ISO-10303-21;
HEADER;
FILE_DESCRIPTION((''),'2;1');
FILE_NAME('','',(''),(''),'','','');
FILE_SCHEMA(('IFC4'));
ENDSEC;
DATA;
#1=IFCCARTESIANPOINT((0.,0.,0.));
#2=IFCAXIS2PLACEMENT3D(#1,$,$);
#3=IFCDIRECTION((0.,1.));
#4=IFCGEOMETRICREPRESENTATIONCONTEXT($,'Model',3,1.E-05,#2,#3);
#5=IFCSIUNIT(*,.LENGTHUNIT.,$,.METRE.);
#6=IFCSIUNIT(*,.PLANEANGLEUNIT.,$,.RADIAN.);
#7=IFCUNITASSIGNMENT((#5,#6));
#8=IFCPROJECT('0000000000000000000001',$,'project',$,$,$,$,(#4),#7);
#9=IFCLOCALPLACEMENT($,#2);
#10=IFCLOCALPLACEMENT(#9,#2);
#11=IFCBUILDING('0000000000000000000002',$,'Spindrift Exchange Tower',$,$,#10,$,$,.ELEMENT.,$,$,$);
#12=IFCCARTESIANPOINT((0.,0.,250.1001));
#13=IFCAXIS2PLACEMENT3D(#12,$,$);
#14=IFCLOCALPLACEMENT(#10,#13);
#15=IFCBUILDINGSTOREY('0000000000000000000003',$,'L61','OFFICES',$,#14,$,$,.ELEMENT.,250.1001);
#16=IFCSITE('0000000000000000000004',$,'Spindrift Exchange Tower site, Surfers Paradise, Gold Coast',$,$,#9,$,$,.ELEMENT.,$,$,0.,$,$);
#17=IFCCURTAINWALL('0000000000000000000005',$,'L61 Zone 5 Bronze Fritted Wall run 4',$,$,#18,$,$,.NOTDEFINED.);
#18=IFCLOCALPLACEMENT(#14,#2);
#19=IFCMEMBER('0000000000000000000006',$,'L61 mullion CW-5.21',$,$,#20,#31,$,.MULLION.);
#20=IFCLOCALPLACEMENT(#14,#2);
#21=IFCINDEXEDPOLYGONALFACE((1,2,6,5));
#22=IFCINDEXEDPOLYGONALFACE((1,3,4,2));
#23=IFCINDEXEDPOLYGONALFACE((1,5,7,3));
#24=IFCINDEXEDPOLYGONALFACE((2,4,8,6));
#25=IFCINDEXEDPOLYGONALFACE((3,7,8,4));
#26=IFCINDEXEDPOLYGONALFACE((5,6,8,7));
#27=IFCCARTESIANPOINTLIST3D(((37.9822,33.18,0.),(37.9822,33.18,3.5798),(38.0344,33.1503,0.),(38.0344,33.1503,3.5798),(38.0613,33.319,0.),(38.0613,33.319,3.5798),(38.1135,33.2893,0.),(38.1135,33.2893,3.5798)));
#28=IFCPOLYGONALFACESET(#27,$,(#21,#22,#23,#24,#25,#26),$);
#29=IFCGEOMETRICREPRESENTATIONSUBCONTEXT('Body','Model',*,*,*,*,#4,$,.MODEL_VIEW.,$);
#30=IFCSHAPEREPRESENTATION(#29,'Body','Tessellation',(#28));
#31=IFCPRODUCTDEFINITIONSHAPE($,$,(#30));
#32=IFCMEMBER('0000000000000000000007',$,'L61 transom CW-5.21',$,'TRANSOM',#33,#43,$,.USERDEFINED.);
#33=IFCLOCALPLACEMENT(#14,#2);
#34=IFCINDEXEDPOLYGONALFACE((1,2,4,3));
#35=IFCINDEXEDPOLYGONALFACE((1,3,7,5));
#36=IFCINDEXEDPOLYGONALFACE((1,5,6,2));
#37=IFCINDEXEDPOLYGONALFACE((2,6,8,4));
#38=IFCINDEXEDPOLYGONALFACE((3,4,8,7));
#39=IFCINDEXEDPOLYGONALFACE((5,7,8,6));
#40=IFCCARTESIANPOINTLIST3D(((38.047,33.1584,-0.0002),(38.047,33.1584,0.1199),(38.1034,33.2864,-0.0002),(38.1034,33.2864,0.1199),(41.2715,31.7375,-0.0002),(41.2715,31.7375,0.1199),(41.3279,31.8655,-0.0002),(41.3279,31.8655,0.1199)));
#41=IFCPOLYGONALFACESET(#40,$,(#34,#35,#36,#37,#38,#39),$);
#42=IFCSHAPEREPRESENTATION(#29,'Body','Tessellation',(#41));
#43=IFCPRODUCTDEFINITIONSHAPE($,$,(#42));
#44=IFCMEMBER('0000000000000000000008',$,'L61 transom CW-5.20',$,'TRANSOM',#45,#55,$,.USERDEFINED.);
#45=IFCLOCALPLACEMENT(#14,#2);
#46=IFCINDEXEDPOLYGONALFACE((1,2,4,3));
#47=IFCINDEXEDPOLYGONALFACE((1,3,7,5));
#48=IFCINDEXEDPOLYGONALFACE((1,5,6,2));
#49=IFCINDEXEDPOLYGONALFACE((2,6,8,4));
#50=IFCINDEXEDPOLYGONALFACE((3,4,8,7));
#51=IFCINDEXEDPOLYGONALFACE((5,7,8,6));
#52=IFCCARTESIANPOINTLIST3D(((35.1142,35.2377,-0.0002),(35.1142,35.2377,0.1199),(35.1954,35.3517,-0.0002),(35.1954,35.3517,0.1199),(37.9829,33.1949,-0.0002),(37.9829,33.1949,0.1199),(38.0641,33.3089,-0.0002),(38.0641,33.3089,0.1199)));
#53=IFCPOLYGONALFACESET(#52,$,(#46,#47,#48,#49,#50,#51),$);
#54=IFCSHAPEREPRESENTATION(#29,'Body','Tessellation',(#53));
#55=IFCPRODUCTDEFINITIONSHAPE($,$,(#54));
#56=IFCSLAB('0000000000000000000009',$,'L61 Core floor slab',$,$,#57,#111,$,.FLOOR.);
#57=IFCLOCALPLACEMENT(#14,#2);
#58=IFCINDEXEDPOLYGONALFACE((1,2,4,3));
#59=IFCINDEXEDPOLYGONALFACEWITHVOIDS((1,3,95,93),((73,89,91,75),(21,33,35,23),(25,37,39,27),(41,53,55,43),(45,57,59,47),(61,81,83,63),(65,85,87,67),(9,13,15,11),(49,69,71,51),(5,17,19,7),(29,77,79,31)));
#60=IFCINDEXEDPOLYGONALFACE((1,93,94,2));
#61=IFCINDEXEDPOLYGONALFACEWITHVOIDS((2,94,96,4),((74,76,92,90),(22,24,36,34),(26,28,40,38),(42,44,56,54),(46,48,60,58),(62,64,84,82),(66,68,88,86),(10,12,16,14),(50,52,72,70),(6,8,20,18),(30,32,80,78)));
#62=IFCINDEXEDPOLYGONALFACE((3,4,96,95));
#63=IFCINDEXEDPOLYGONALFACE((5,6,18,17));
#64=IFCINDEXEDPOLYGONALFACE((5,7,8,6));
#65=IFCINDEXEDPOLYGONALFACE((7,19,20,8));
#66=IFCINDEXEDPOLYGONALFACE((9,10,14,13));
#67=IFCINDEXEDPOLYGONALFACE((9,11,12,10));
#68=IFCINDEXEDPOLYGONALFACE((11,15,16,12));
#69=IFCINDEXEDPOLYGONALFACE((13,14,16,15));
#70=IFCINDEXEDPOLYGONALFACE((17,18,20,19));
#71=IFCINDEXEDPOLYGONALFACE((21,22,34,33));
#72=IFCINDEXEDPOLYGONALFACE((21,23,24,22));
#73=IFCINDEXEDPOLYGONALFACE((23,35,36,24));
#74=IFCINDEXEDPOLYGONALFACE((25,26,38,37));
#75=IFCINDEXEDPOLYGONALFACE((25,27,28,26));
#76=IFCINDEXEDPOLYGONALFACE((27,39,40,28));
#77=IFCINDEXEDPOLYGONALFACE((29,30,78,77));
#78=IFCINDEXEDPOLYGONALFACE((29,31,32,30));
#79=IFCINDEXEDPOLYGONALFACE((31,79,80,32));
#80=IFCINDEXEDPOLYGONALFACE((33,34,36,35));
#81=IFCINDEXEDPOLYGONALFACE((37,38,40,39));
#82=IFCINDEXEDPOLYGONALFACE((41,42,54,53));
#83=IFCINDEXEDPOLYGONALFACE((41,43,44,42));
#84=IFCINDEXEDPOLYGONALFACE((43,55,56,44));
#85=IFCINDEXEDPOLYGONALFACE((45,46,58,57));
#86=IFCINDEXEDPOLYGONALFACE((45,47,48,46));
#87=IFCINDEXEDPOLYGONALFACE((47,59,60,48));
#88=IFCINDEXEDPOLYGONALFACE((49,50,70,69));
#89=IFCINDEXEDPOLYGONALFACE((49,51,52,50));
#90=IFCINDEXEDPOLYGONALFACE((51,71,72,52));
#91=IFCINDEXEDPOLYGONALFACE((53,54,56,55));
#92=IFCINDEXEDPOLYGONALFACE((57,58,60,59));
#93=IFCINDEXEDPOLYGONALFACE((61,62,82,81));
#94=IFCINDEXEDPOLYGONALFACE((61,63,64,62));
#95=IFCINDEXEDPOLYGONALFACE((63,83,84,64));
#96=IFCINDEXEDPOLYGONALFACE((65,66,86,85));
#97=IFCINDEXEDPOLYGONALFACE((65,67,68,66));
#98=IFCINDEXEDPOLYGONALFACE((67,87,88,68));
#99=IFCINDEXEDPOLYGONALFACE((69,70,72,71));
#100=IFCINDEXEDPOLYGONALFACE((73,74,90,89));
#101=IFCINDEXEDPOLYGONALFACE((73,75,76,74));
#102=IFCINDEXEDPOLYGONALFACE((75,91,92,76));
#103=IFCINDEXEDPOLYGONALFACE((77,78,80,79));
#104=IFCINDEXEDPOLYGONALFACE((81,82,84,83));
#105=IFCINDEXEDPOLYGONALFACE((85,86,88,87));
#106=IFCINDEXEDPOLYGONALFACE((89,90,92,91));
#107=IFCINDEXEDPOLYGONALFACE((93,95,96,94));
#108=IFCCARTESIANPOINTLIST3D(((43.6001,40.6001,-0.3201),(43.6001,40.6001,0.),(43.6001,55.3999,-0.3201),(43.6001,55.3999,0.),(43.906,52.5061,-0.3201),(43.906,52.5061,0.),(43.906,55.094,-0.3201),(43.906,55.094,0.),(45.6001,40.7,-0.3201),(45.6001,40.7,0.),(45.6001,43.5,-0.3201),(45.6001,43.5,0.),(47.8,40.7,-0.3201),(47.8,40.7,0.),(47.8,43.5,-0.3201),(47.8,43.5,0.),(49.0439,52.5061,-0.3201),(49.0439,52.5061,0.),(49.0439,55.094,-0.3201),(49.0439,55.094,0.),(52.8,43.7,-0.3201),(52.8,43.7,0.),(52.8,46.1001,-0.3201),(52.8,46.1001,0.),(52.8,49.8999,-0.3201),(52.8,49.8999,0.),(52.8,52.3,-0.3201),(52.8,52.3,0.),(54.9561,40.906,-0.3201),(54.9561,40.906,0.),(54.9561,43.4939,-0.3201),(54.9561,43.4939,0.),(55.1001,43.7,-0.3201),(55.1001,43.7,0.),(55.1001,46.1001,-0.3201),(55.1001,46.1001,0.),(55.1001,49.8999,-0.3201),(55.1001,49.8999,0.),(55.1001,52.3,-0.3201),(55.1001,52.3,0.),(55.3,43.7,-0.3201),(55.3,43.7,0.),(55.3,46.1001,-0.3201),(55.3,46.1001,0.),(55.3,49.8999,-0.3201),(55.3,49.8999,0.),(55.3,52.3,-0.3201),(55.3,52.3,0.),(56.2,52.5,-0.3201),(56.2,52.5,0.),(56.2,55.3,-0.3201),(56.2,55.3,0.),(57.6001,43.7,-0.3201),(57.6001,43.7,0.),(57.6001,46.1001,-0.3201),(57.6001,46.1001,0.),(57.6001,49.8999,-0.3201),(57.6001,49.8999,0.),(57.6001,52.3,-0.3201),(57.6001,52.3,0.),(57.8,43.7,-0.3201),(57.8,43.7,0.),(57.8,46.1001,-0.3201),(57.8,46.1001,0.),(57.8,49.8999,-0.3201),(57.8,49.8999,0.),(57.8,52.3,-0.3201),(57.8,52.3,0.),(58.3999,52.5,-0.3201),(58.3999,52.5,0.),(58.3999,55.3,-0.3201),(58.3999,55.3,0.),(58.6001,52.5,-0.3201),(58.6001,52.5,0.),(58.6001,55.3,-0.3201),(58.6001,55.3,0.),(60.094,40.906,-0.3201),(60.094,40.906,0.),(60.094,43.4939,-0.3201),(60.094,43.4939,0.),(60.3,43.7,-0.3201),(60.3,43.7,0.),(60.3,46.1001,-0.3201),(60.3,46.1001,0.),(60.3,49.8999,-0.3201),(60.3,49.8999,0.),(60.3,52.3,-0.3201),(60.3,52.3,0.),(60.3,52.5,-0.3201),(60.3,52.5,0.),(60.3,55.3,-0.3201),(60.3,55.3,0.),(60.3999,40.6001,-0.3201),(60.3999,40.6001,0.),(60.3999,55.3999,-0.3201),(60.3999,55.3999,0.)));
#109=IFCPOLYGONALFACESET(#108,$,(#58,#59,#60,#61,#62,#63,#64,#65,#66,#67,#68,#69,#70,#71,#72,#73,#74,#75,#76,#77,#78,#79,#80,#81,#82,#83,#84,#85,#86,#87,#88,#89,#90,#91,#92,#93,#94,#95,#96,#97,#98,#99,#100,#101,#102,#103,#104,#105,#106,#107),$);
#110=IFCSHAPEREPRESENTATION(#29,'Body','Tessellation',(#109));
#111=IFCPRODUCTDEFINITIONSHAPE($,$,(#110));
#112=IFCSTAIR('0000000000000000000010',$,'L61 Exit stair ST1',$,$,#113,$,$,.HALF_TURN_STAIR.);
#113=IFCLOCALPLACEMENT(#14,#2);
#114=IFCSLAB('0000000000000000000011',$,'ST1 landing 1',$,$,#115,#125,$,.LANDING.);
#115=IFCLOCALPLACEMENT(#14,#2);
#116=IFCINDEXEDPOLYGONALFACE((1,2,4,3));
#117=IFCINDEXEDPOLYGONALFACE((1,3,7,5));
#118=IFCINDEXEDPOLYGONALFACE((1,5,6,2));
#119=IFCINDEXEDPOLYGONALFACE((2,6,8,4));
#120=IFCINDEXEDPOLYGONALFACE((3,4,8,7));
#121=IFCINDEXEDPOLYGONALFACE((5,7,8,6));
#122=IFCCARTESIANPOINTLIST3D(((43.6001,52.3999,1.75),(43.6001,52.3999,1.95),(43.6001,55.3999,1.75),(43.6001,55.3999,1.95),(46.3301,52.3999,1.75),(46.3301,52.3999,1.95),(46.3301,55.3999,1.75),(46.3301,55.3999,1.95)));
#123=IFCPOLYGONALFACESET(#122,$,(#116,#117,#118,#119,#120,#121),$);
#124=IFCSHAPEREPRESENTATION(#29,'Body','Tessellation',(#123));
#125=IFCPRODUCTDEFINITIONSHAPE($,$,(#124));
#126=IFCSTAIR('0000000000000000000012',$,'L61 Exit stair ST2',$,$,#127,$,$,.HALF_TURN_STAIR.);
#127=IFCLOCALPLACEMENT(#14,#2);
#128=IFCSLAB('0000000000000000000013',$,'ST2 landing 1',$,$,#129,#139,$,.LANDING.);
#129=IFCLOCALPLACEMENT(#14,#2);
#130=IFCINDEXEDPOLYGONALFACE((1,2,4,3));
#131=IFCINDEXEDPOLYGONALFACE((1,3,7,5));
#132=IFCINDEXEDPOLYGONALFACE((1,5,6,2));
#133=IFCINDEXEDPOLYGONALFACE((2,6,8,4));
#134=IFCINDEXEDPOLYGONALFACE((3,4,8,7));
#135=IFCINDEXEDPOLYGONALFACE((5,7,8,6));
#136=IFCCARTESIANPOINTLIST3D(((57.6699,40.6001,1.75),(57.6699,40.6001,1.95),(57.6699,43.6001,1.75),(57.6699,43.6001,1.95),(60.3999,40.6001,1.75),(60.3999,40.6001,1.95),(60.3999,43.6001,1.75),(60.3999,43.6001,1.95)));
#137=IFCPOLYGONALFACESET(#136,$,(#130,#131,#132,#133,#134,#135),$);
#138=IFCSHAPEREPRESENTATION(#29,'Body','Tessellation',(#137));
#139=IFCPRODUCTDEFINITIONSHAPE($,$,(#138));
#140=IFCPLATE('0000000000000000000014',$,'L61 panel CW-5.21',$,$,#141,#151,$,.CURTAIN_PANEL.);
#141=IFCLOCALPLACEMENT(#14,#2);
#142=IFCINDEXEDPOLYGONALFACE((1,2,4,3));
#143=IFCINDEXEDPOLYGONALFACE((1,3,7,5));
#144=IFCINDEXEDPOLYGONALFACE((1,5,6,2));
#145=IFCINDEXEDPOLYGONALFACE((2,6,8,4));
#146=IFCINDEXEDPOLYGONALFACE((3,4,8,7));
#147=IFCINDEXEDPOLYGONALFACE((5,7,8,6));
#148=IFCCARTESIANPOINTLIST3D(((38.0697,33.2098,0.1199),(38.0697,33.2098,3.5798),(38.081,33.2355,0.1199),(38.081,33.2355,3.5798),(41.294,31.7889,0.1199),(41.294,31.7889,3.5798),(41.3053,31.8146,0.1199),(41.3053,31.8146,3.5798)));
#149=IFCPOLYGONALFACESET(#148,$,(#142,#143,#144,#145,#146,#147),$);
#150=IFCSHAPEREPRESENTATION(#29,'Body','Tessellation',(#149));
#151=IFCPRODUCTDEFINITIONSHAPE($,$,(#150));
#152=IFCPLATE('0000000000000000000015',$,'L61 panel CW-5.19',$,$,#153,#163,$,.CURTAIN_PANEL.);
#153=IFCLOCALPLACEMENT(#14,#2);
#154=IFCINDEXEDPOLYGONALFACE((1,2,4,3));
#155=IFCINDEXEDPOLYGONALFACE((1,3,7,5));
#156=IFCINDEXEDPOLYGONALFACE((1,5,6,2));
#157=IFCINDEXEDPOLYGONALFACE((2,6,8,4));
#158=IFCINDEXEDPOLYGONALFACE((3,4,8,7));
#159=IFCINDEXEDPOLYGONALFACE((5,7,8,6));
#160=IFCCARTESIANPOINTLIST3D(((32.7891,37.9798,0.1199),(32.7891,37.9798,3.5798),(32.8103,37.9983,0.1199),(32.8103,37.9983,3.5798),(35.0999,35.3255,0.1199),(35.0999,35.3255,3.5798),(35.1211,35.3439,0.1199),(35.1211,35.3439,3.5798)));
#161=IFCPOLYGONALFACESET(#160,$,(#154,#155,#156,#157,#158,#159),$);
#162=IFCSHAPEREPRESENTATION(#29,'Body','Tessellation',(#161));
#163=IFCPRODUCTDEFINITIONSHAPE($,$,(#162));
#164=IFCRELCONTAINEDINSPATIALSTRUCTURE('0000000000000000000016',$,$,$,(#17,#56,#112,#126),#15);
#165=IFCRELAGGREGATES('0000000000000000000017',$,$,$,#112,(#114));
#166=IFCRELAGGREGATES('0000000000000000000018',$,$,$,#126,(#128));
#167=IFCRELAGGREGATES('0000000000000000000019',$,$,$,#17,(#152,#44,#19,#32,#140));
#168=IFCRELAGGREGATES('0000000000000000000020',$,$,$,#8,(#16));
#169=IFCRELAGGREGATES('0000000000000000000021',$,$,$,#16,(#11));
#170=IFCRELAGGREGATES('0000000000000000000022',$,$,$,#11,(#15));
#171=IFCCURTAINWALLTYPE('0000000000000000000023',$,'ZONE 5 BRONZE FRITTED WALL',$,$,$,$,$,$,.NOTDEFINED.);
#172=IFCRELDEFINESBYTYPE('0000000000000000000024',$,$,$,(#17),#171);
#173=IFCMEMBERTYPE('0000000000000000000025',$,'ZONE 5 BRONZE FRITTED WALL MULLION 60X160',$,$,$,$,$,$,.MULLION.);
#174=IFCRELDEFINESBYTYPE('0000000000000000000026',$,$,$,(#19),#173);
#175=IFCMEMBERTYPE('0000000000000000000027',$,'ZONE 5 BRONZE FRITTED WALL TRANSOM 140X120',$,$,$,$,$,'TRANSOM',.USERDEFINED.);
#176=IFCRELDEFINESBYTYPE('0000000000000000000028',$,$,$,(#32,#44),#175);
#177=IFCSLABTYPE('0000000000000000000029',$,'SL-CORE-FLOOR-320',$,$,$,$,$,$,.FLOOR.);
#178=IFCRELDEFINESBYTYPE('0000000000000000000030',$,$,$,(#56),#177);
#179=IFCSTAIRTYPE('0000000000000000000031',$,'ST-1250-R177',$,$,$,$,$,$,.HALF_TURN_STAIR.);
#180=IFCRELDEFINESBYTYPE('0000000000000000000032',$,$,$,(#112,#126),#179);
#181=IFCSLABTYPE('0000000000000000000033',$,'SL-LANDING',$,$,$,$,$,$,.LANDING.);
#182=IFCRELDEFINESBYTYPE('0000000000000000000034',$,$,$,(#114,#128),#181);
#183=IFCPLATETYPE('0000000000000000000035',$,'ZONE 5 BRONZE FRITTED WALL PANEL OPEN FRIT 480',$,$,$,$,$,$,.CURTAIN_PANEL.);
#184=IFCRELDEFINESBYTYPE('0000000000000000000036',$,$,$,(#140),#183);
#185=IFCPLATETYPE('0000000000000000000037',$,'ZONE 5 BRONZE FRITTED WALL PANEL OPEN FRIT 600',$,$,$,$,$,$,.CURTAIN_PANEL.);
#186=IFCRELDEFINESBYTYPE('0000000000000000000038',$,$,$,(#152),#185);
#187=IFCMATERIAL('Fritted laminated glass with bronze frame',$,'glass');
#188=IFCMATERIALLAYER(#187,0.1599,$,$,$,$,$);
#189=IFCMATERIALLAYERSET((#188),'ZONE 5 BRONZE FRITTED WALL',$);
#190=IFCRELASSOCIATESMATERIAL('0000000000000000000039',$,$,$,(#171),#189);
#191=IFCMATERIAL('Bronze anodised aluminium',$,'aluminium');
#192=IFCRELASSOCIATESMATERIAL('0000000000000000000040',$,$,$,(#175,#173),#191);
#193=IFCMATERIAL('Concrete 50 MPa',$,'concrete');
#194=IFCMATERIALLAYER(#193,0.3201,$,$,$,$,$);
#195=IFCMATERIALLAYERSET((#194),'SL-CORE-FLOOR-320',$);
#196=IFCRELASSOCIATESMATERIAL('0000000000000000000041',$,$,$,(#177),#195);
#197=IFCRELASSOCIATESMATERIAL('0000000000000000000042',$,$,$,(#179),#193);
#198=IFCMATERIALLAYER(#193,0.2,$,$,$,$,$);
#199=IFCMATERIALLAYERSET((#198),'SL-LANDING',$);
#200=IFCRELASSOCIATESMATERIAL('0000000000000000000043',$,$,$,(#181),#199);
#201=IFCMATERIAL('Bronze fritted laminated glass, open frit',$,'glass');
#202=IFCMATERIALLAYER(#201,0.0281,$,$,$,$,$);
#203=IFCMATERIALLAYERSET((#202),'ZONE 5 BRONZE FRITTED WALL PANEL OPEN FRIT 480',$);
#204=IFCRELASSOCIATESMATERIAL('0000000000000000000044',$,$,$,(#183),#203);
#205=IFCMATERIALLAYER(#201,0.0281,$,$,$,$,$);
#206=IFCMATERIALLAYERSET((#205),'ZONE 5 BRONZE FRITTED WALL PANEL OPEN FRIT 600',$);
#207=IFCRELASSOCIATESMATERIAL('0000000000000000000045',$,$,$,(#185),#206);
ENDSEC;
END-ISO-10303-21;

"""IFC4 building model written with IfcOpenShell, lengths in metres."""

from ifc_helpers import new_model, si_unit, direction, frame, origin, origin_2d, place, context, subcontext, project, spatial, line, indexed_curve, rectangle, outline, extrude, source, transform, mapped, material, layer, layer_set, material_profile, profile_set, type_object, element, aggregate, save


model = new_model("IFC4")

# Units and contexts
model_context = context("Model", 3, precision=1e-05, world=origin(), true_north=direction((0.0, 1.0)))
body_context = subcontext(model_context, "Body", "Model", "MODEL_VIEW")
ifc_project = project(units=[si_unit("LENGTHUNIT", "METRE"), si_unit("PLANEANGLEUNIT", "RADIAN")], contexts=[model_context])

# Site, building, storey
site_placement = place(None, origin())
site = spatial("IfcSite", under=ifc_project, at=site_placement, Name="Spindrift Exchange Tower site, Surfers Paradise, Gold Coast", CompositionType="ELEMENT", RefElevation=0.0)
building_placement = place(site_placement, origin())
building = spatial("IfcBuilding", under=site, at=building_placement, Name="Spindrift Exchange Tower", CompositionType="ELEMENT")
storey_placement = place(building_placement, frame((0.0, 0.0, 250.1001)))
storey = spatial("IfcBuildingStorey", under=building, at=storey_placement, Name="L61", Description="OFFICES", CompositionType="ELEMENT", Elevation=250.1001)

# Curtain wall, members
ifc_material_1 = material(Name="Fritted laminated glass with bronze frame", Category="glass")
ifc_layer_1 = layer(ifc_material_1, 0.1599)
ifc_layer_set_1 = layer_set([ifc_layer_1], Name="ZONE 5 BRONZE FRITTED WALL")
curtain_wall_type = type_object("IfcCurtainWallType", Name="ZONE 5 BRONZE FRITTED WALL", PredefinedType="NOTDEFINED", material=ifc_layer_set_1)
curtain_wall_placement = place(storey_placement, origin())
curtain_wall = element("IfcCurtainWall", 1, at=curtain_wall_placement, inside=storey, type_object=curtain_wall_type, Name="L61 Zone 5 Bronze Fritted Wall run 4", PredefinedType="NOTDEFINED")
ifc_material_2 = material(Name="Bronze anodised aluminium", Category="aluminium")
ifc_material_profile_1 = material_profile(ifc_material_2, rectangle(XDim=0.1399, YDim=0.1201, at=origin_2d()), Name="ZONE 5 BRONZE FRITTED WALL TRANSOM 140X120")
ifc_profile_set_1 = profile_set([ifc_material_profile_1], Name="Bronze anodised aluminium")
member_type_1 = type_object("IfcMemberType", Name="ZONE 5 BRONZE FRITTED WALL TRANSOM 140X120", ElementType="TRANSOM", PredefinedType="USERDEFINED", material=ifc_profile_set_1)
ifc_material_profile_2 = material_profile(ifc_material_2, rectangle(XDim=0.0601, YDim=0.1599, at=origin_2d()), Name="ZONE 5 BRONZE FRITTED WALL MULLION 60X160")
ifc_profile_set_2 = profile_set([ifc_material_profile_2], Name="Bronze anodised aluminium")
member_type_2 = type_object("IfcMemberType", Name="ZONE 5 BRONZE FRITTED WALL MULLION 60X160", PredefinedType="MULLION", material=ifc_profile_set_2)
shared_shape_1 = source(origin(), body_context, "Body", "SweptSolid", [
    extrude(rectangle(XDim=0.0601, YDim=0.1599, at=origin_2d()), origin(), (0.0, 0.0, 1.0), 3.5798),
])
member_1_placement = place(storey_placement, frame((38.0479, 33.2346, 0.0), z_axis=(0.0, 0.0, 1.0), x_axis=(0.869341, -0.494213, 0.0)))
member_1 = element("IfcMember", 2, at=member_1_placement, type_object=member_type_2, Name="L61 mullion CW-5.21", PredefinedType="MULLION", context=body_context, shape_type="MappedRepresentation", body=[
    mapped(shared_shape_1, transform((0.0, 0.0, 0.0), scale=1.0)),
])
shared_shape_2 = source(origin(), body_context, "Body", "SweptSolid", [
    extrude(rectangle(XDim=0.1399, YDim=0.1201, at=origin_2d()), origin(), (0.0, 0.0, 1.0), 3.5237),
])
member_2_placement = place(storey_placement, frame((38.0752, 33.2224, 0.0598), z_axis=(0.915087, -0.403256, 0.0), x_axis=(0.403256, 0.915087, 0.0)))
member_2 = element("IfcMember", 3, at=member_2_placement, type_object=member_type_1, Name="L61 transom CW-5.21", ObjectType="TRANSOM", PredefinedType="USERDEFINED", context=body_context, shape_type="MappedRepresentation", body=[
    mapped(shared_shape_2, transform((0.0, 0.0, 0.0), scale=1.0)),
])
shared_shape_3 = source(origin(), body_context, "Body", "SweptSolid", [
    extrude(rectangle(XDim=0.1399, YDim=0.1201, at=origin_2d()), origin(), (0.0, 0.0, 1.0), 3.5217),
])
member_3_placement = place(storey_placement, frame((35.1548, 35.2947, 0.0598), z_axis=(0.81458, -0.580051, 0.0), x_axis=(0.580051, 0.81458, 0.0)))
member_3 = element("IfcMember", 4, at=member_3_placement, type_object=member_type_1, Name="L61 transom CW-5.20", ObjectType="TRANSOM", PredefinedType="USERDEFINED", context=body_context, shape_type="MappedRepresentation", body=[
    mapped(shared_shape_3, transform((0.0, 0.0, 0.0), scale=1.0)),
])

# Slab
ifc_material_3 = material(Name="Concrete 50 MPa", Category="concrete")
ifc_layer_2 = layer(ifc_material_3, 0.3201)
ifc_layer_set_2 = layer_set([ifc_layer_2], Name="SL-CORE-FLOOR-320")
slab_type_1 = type_object("IfcSlabType", Name="SL-CORE-FLOOR-320", PredefinedType="FLOOR", material=ifc_layer_set_2)
slab_1_placement = place(storey_placement, frame((0.0, 0.0, -0.3201)))
element("IfcSlab", 5, at=slab_1_placement, inside=storey, type_object=slab_type_1, Name="L61 Core floor slab", PredefinedType="FLOOR", context=body_context, shape_type="SweptSolid", body=[
    extrude(outline(indexed_curve([(43.6001, 40.6001), (43.6001, 55.3999), (60.3999, 55.3999), (60.3999, 40.6001)], segments=[line(1, 2, 3, 4, 1)], self_intersect=False), holes=[indexed_curve([(45.6001, 43.5), (45.6001, 40.7), (47.8, 40.7), (47.8, 43.5)], segments=[line(1, 2, 3, 4, 1)], self_intersect=False), indexed_curve([(52.8, 46.1001), (52.8, 43.7), (55.1001, 43.7), (55.1001, 46.1001)], segments=[line(1, 2, 3, 4, 1)], self_intersect=False), indexed_curve([(55.3, 46.1001), (55.3, 43.7), (57.6001, 43.7), (57.6001, 46.1001)], segments=[line(1, 2, 3, 4, 1)], self_intersect=False), indexed_curve([(55.1001, 52.3), (52.8, 52.3), (52.8, 49.8999), (55.1001, 49.8999)], segments=[line(1, 2, 3, 4, 1)], self_intersect=False), indexed_curve([(57.6001, 52.3), (55.3, 52.3), (55.3, 49.8999), (57.6001, 49.8999)], segments=[line(1, 2, 3, 4, 1)], self_intersect=False), indexed_curve([(43.906, 52.5061), (49.0439, 52.5061), (49.0439, 55.094), (43.906, 55.094)], segments=[line(1, 2, 3, 4, 1)], self_intersect=False), indexed_curve([(60.094, 40.906), (60.094, 43.4939), (54.9561, 43.4939), (54.9561, 40.906)], segments=[line(1, 2, 3, 4, 1)], self_intersect=False), indexed_curve([(60.3, 46.1001), (57.8, 46.1001), (57.8, 43.7), (60.3, 43.7)], segments=[line(1, 2, 3, 4, 1)], self_intersect=False), indexed_curve([(57.8, 52.3), (57.8, 49.8999), (60.3, 49.8999), (60.3, 52.3)], segments=[line(1, 2, 3, 4, 1)], self_intersect=False), indexed_curve([(58.3999, 55.3), (56.2, 55.3), (56.2, 52.5), (58.3999, 52.5)], segments=[line(1, 2, 3, 4, 1)], self_intersect=False), indexed_curve([(60.3, 55.3), (58.6001, 55.3), (58.6001, 52.5), (60.3, 52.5)], segments=[line(1, 2, 3, 4, 1)], self_intersect=False)]), origin(), (0.0, 0.0, 1.0), 0.3201),
])

# Stairs, slabs
stair_type = type_object("IfcStairType", Name="ST-1250-R177", PredefinedType="HALF_TURN_STAIR", material=ifc_material_3)
stair_1_placement = place(storey_placement, origin())
stair_1 = element("IfcStair", 6, at=stair_1_placement, inside=storey, type_object=stair_type, Name="L61 Exit stair ST1", PredefinedType="HALF_TURN_STAIR")
ifc_layer_3 = layer(ifc_material_3, 0.2)
ifc_layer_set_3 = layer_set([ifc_layer_3], Name="SL-LANDING")
slab_type_2 = type_object("IfcSlabType", Name="SL-LANDING", PredefinedType="LANDING", material=ifc_layer_set_3)
slab_2_placement = place(storey_placement, frame((0.0, 0.0, 1.75)))
slab_2 = element("IfcSlab", 7, at=slab_2_placement, type_object=slab_type_2, Name="ST1 landing 1", PredefinedType="LANDING", context=body_context, shape_type="SweptSolid", body=[
    extrude(outline(indexed_curve([(46.3301, 52.3999), (43.6001, 52.3999), (43.6001, 55.3999), (46.3301, 55.3999)], segments=[line(1, 2, 3, 4, 1)], self_intersect=False)), origin(), (0.0, 0.0, 1.0), 0.2),
])
aggregate(stair_1, [slab_2])
stair_2_placement = place(storey_placement, origin())
stair_2 = element("IfcStair", 8, at=stair_2_placement, inside=storey, type_object=stair_type, Name="L61 Exit stair ST2", PredefinedType="HALF_TURN_STAIR")
slab_3_placement = place(storey_placement, frame((0.0, 0.0, 1.75)))
slab_3 = element("IfcSlab", 9, at=slab_3_placement, type_object=slab_type_2, Name="ST2 landing 1", PredefinedType="LANDING", context=body_context, shape_type="SweptSolid", body=[
    extrude(outline(indexed_curve([(57.6699, 43.6001), (60.3999, 43.6001), (60.3999, 40.6001), (57.6699, 40.6001)], segments=[line(1, 2, 3, 4, 1)], self_intersect=False)), origin(), (0.0, 0.0, 1.0), 0.2),
])
aggregate(stair_2, [slab_3])

# Plates
ifc_material_4 = material(Name="Bronze fritted laminated glass, open frit", Category="glass")
ifc_layer_4 = layer(ifc_material_4, 0.0281)
ifc_layer_set_4 = layer_set([ifc_layer_4], Name="ZONE 5 BRONZE FRITTED WALL PANEL OPEN FRIT 480")
plate_type_1 = type_object("IfcPlateType", Name="ZONE 5 BRONZE FRITTED WALL PANEL OPEN FRIT 480", PredefinedType="CURTAIN_PANEL", material=ifc_layer_set_4)
shared_shape_4 = source(origin(), body_context, "Body", "SweptSolid", [
    extrude(rectangle(XDim=3.5234, YDim=0.0281, at=origin_2d()), origin(), (0.0, 0.0, 1.0), 3.46),
])
plate_1_placement = place(storey_placement, frame((39.6875, 32.5122, 0.1199), z_axis=(0.0, 0.0, 1.0), x_axis=(0.915079, -0.403275, 0.0)))
plate_1 = element("IfcPlate", 10, at=plate_1_placement, type_object=plate_type_1, Name="L61 panel CW-5.21", PredefinedType="CURTAIN_PANEL", context=body_context, shape_type="MappedRepresentation", body=[
    mapped(shared_shape_4, transform((0.0, 0.0, 0.0), scale=1.0)),
])
ifc_layer_5 = layer(ifc_material_4, 0.0281)
ifc_layer_set_5 = layer_set([ifc_layer_5], Name="ZONE 5 BRONZE FRITTED WALL PANEL OPEN FRIT 600")
plate_type_2 = type_object("IfcPlateType", Name="ZONE 5 BRONZE FRITTED WALL PANEL OPEN FRIT 600", PredefinedType="CURTAIN_PANEL", material=ifc_layer_set_5)
shared_shape_5 = source(origin(), body_context, "Body", "SweptSolid", [
    extrude(rectangle(XDim=3.5193, YDim=0.0281, at=origin_2d()), origin(), (0.0, 0.0, 1.0), 3.46),
])
plate_2_placement = place(storey_placement, frame((33.9551, 36.6619, 0.1199), z_axis=(0.0, 0.0, 1.0), x_axis=(0.656612, -0.754228, 0.0)))
plate_2 = element("IfcPlate", 11, at=plate_2_placement, type_object=plate_type_2, Name="L61 panel CW-5.19", PredefinedType="CURTAIN_PANEL", context=body_context, shape_type="MappedRepresentation", body=[
    mapped(shared_shape_5, transform((0.0, 0.0, 0.0), scale=1.0)),
])
aggregate(curtain_wall, [plate_2, member_3, member_1, member_2, plate_1])

save(model, "model.ifc")
